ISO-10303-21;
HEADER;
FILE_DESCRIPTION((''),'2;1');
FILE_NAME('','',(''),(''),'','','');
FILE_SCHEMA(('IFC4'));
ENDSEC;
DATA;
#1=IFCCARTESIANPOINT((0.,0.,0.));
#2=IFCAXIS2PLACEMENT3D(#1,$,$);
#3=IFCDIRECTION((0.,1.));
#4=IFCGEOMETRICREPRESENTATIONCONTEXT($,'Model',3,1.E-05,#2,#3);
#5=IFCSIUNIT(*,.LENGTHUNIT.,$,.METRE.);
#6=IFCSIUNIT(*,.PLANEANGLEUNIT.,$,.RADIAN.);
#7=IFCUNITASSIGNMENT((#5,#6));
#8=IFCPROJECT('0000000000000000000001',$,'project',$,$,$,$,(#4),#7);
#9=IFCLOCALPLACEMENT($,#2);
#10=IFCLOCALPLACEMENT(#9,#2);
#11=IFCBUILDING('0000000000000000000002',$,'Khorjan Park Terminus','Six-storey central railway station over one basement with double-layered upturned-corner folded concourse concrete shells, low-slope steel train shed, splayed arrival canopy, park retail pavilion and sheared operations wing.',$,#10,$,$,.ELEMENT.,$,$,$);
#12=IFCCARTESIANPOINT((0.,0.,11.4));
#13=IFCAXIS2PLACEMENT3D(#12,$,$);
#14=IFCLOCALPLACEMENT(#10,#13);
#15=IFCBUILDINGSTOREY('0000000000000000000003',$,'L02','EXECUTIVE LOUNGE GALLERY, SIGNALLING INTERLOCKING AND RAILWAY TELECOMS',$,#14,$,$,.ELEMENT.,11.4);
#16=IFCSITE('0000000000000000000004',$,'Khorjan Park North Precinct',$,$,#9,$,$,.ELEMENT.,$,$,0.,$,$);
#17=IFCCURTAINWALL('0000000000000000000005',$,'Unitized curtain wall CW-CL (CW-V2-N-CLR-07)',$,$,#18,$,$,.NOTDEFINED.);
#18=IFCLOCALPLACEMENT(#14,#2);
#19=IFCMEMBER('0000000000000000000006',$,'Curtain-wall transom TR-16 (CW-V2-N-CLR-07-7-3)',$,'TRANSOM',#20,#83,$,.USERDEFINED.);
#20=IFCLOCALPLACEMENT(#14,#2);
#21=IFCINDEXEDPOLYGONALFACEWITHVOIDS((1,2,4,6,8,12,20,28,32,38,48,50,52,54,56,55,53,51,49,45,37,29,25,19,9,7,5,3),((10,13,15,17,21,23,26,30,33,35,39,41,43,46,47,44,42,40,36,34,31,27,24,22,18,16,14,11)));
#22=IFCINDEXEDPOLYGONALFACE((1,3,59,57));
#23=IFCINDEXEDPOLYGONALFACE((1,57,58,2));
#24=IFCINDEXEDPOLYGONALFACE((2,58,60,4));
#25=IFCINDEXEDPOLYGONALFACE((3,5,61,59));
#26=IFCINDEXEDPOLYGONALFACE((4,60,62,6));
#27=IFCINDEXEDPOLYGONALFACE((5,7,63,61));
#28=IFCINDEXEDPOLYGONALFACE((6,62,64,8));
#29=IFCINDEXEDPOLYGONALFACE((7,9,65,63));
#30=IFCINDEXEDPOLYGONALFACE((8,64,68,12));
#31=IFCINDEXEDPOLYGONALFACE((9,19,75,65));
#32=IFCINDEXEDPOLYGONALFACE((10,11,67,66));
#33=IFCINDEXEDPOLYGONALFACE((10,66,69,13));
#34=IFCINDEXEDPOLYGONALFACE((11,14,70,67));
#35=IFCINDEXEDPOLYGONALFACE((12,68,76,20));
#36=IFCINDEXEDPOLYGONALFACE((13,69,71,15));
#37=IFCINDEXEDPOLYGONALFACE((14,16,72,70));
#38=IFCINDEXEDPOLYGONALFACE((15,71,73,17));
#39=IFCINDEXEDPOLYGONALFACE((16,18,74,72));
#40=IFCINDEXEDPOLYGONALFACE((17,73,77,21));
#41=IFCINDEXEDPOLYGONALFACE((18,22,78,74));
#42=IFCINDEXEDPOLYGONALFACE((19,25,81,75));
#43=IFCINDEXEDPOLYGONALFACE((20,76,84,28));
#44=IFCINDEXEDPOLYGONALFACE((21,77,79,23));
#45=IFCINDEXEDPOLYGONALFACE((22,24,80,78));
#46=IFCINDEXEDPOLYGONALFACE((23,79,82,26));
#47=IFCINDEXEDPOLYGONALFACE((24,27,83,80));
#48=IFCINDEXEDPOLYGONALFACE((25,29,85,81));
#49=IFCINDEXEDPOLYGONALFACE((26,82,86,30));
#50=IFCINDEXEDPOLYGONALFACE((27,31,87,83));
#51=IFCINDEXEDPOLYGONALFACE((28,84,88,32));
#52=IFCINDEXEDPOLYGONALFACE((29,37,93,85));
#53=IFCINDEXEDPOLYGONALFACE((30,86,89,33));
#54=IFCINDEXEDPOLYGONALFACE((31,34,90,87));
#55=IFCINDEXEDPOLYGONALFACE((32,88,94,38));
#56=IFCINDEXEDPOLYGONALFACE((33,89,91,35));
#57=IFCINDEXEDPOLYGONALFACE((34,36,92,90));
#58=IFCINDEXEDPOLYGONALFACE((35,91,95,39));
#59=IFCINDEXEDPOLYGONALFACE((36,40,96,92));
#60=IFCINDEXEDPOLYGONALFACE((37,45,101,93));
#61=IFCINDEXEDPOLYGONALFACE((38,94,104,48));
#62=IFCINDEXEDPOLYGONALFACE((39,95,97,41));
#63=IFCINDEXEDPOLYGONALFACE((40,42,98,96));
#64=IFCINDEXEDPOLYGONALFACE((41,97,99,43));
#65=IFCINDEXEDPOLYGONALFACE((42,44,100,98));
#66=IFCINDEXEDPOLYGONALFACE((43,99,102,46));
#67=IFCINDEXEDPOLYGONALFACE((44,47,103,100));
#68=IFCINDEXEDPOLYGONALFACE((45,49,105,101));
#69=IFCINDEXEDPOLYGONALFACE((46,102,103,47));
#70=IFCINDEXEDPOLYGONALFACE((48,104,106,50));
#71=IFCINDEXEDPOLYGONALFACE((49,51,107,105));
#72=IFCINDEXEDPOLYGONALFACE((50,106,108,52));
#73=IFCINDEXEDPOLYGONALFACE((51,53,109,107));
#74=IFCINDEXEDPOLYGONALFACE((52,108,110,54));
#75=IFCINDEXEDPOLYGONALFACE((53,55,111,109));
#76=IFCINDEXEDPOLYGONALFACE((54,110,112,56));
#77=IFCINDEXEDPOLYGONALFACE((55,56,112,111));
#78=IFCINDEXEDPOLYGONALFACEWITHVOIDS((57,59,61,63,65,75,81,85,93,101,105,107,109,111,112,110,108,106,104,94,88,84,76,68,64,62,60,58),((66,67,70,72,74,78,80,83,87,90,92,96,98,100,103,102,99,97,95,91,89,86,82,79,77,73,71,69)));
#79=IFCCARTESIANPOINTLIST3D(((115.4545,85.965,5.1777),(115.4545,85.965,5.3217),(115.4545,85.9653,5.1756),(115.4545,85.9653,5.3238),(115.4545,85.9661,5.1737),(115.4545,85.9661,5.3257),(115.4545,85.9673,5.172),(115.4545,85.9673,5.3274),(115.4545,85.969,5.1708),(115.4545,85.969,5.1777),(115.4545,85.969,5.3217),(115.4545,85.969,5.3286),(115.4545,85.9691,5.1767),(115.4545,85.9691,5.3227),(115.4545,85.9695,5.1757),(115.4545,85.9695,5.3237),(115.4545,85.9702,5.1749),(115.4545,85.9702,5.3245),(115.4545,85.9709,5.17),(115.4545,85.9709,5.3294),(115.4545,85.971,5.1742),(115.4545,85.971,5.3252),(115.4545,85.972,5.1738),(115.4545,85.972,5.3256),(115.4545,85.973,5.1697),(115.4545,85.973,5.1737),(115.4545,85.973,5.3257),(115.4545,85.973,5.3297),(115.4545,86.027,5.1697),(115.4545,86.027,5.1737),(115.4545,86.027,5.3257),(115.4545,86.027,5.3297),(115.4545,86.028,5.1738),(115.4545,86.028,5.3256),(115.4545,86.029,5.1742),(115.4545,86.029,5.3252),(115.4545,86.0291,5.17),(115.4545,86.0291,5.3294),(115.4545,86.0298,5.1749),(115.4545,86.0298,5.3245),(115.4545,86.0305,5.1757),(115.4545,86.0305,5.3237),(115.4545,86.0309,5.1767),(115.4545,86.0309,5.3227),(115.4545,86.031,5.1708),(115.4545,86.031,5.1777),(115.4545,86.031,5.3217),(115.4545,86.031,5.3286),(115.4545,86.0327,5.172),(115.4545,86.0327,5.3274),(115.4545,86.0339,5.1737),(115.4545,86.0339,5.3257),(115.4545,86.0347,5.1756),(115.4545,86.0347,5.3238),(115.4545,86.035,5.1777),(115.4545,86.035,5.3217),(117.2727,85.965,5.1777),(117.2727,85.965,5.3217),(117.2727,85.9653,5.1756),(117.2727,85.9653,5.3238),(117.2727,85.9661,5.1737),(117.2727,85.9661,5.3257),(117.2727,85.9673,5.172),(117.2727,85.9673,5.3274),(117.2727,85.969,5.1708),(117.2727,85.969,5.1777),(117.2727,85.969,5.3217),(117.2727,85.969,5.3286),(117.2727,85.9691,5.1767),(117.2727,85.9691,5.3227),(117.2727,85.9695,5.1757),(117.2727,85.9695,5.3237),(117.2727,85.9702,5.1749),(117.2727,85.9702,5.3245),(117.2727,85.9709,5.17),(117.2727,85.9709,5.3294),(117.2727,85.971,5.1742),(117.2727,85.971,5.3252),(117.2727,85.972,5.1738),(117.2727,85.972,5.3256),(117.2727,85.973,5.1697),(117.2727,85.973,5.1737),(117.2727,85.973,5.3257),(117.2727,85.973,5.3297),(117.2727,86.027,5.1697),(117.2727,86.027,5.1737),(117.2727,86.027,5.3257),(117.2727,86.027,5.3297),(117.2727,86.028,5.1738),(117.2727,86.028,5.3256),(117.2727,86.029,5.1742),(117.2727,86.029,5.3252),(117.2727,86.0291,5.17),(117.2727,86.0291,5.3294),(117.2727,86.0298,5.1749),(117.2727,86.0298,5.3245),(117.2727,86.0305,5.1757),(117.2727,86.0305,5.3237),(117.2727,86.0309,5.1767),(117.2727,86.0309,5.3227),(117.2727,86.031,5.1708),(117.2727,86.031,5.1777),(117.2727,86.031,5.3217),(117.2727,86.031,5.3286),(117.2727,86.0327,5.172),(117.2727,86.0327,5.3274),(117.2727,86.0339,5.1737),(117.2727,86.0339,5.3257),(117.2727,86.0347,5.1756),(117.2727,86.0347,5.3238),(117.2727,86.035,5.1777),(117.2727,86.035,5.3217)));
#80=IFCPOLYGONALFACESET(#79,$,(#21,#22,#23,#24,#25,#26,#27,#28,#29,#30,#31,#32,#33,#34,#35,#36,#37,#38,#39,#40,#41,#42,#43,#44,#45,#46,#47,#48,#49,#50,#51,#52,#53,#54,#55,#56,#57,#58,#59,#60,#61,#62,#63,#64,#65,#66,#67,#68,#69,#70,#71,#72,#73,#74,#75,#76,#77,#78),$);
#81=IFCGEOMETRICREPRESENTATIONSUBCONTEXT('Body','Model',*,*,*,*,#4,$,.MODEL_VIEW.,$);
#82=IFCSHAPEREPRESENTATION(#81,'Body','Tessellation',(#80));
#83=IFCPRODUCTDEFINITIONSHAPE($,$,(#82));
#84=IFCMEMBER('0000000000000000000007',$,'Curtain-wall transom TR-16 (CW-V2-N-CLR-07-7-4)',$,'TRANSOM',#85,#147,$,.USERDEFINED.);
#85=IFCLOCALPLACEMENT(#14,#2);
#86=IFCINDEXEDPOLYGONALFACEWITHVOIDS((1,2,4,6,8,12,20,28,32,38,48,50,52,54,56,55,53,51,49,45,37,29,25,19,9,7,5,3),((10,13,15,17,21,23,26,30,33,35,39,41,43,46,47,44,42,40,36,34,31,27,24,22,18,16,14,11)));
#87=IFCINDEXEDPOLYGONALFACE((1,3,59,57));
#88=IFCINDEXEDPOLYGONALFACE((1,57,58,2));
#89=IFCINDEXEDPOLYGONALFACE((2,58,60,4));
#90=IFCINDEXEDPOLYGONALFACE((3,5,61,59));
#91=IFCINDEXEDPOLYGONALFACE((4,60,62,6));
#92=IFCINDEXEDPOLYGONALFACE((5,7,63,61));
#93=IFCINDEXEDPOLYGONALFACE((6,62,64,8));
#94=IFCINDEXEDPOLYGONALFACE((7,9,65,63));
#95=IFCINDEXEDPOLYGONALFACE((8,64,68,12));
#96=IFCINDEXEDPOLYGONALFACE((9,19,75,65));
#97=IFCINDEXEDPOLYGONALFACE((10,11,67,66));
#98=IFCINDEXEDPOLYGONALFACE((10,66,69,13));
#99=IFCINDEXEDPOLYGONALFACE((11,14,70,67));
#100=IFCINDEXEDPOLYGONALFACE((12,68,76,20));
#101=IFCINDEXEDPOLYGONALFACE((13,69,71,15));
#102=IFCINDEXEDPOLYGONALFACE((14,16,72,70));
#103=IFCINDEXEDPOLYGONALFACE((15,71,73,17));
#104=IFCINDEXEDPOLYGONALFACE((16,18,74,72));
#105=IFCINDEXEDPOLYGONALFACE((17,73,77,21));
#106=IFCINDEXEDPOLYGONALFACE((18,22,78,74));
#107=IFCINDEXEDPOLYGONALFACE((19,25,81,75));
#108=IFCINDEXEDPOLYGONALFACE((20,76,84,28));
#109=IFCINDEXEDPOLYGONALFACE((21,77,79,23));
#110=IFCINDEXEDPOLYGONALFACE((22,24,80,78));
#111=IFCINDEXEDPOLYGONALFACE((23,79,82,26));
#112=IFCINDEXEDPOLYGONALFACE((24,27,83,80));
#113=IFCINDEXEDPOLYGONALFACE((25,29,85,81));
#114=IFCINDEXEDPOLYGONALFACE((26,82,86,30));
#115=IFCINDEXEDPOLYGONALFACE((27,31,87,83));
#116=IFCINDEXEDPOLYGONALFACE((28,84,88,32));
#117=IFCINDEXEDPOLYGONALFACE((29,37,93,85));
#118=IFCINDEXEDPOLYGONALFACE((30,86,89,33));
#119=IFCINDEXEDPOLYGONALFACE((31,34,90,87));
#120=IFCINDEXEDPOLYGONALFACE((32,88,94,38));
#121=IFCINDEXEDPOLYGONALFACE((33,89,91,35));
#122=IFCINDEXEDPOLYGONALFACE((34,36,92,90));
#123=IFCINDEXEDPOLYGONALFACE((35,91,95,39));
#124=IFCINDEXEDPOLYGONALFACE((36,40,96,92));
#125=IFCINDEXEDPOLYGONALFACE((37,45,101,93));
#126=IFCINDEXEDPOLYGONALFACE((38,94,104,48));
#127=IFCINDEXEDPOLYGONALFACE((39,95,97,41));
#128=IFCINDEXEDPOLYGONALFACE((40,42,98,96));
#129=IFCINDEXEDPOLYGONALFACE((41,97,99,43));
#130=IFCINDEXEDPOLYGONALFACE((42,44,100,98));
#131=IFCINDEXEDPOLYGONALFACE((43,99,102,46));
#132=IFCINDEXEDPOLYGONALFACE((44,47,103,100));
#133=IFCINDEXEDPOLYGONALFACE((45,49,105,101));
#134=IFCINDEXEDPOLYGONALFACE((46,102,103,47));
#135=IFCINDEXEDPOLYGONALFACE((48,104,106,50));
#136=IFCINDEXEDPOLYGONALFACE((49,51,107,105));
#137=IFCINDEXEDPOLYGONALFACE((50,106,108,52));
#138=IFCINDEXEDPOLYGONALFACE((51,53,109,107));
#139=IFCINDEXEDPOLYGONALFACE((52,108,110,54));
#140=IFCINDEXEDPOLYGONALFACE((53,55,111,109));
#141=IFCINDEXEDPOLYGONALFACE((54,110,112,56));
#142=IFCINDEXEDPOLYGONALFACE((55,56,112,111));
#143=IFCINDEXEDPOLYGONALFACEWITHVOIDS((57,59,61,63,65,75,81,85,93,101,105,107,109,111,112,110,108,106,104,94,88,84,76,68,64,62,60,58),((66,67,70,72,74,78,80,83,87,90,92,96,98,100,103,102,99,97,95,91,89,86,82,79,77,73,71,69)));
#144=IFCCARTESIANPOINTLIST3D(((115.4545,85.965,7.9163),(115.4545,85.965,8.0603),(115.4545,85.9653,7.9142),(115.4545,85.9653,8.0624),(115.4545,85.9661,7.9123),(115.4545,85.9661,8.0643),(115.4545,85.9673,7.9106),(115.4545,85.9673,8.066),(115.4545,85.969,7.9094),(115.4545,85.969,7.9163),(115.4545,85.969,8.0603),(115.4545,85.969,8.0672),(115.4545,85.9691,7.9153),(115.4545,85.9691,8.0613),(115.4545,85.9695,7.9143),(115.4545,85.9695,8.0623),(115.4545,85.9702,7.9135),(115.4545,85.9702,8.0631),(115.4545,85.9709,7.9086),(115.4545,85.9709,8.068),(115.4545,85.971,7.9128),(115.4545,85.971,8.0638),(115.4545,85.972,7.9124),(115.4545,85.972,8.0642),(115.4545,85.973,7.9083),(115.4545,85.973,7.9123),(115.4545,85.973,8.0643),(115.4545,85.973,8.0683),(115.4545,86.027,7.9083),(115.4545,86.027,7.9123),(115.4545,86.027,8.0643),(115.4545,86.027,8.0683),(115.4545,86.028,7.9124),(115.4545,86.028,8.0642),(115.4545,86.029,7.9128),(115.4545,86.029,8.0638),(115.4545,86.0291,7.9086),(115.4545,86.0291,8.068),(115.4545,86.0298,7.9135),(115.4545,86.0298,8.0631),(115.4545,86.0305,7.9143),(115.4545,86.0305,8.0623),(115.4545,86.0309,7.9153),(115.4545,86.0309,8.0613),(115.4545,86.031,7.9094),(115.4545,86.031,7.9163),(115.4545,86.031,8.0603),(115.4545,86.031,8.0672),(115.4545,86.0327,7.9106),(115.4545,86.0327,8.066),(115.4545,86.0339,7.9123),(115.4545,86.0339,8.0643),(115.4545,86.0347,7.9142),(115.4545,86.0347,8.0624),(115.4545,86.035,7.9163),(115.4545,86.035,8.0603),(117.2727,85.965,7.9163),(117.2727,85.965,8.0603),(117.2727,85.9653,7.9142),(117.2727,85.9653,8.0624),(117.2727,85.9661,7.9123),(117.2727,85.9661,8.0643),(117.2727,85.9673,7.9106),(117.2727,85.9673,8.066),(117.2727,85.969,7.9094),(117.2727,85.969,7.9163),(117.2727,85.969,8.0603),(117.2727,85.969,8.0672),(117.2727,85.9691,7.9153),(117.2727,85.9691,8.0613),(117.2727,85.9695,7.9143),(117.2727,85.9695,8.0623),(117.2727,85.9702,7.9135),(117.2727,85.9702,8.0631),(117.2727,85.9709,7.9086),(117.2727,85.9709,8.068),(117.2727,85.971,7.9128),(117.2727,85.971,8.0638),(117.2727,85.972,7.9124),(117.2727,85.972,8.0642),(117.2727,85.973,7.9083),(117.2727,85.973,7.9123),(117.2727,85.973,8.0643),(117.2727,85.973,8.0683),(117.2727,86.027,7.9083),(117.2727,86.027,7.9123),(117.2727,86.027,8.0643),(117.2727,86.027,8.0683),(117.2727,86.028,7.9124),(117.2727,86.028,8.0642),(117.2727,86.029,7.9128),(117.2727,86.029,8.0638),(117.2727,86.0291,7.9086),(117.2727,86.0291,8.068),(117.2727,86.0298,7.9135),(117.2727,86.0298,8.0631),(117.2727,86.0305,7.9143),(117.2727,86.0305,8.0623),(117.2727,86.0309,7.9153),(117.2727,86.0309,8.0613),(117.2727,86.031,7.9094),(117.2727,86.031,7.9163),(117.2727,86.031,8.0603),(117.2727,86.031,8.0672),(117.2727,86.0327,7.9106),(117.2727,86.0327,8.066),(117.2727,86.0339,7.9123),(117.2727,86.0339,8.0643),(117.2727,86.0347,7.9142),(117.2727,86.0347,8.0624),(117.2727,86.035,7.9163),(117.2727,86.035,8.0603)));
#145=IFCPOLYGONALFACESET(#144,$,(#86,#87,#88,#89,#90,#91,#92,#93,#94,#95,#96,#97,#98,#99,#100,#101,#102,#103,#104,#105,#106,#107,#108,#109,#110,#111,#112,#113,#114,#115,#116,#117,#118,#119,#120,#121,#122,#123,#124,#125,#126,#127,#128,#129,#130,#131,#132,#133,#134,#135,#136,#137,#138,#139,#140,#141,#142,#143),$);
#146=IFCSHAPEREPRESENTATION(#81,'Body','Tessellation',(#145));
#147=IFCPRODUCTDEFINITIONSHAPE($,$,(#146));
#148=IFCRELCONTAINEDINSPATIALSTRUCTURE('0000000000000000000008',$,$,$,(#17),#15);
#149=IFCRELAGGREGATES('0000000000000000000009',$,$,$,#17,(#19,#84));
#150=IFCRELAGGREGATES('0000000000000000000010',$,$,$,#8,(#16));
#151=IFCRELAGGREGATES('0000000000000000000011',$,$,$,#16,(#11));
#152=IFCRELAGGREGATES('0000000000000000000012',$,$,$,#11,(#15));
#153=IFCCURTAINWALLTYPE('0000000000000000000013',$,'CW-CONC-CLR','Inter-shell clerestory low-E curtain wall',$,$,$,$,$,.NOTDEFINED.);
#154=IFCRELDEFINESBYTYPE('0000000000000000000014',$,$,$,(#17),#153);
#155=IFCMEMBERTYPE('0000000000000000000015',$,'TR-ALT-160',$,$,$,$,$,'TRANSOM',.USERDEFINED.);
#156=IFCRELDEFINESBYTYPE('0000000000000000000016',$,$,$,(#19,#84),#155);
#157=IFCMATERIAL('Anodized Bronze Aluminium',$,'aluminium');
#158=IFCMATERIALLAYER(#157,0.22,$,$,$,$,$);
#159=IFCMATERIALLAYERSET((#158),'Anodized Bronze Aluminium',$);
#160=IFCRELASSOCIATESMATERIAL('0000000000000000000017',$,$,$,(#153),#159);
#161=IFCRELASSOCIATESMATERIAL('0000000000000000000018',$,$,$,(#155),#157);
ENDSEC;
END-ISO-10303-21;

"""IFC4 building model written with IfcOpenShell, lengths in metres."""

from ifc_helpers import new_model, si_unit, direction, frame, origin, origin_2d, place, context, subcontext, project, spatial, hollow_rectangle, extrude, material, layer, layer_set, material_profile, profile_set, type_object, element, aggregate, save


model = new_model("IFC4")

# Units and contexts
model_context = context("Model", 3, precision=1e-05, world=origin(), true_north=direction((0.0, 1.0)))
body_context = subcontext(model_context, "Body", "Model", "MODEL_VIEW")
ifc_project = project(units=[si_unit("LENGTHUNIT", "METRE"), si_unit("PLANEANGLEUNIT", "RADIAN")], contexts=[model_context])

# Site, building, storey
site_placement = place(None, origin())
site = spatial("IfcSite", under=ifc_project, at=site_placement, Name="Khorjan Park North Precinct", CompositionType="ELEMENT", RefElevation=0.0)
building_placement = place(site_placement, origin())
building = spatial("IfcBuilding", under=site, at=building_placement, Name="Khorjan Park Terminus", Description="Six-storey central railway station over one basement with double-layered upturned-corner folded concourse concrete shells, low-slope steel train shed, splayed arrival canopy, park retail pavilion and sheared operations wing.", CompositionType="ELEMENT")
storey_placement = place(building_placement, frame((0.0, 0.0, 11.4)))
storey = spatial("IfcBuildingStorey", under=building, at=storey_placement, Name="L02", Description="EXECUTIVE LOUNGE GALLERY, SIGNALLING INTERLOCKING AND RAILWAY TELECOMS", CompositionType="ELEMENT", Elevation=11.4)

# Curtain wall
ifc_material_1 = material(Name="Anodized Bronze Aluminium", Category="aluminium")
ifc_layer_1 = layer(ifc_material_1, 0.22)
ifc_layer_set_1 = layer_set([ifc_layer_1], Name="Anodized Bronze Aluminium")
curtain_wall_type = type_object("IfcCurtainWallType", Name="CW-CONC-CLR", Description="Inter-shell clerestory low-E curtain wall", PredefinedType="NOTDEFINED", material=ifc_layer_set_1)
curtain_wall_placement = place(storey_placement, origin())
curtain_wall = element("IfcCurtainWall", 1, at=curtain_wall_placement, inside=storey, type_object=curtain_wall_type, Name="Unitized curtain wall CW-CL (CW-V2-N-CLR-07)", PredefinedType="NOTDEFINED")

# Members
ifc_material_profile_1 = material_profile(ifc_material_1, hollow_rectangle(XDim=0.07, YDim=0.16, WallThickness=0.004, InnerFilletRadius=0.004, OuterFilletRadius=0.008, at=origin_2d()), Name="ALT 70x160x4")
ifc_profile_set_1 = profile_set([ifc_material_profile_1], Name="Anodized Bronze Aluminium")
member_type_1 = type_object("IfcMemberType", Name="TR-ALT-160", ElementType="TRANSOM", PredefinedType="USERDEFINED", material=ifc_profile_set_1)
member_1_placement = place(storey_placement, frame((117.2727, 86.0, 5.2497), z_axis=(-1.0, 0.0, 0.0), x_axis=(0.0, -1.0, 0.0)))
member_1 = element("IfcMember", 2, at=member_1_placement, type_object=member_type_1, Name="Curtain-wall transom TR-16 (CW-V2-N-CLR-07-7-3)", ObjectType="TRANSOM", PredefinedType="USERDEFINED", context=body_context, shape_type="SweptSolid", body=[
    extrude(hollow_rectangle(XDim=0.07, YDim=0.16, WallThickness=0.004, InnerFilletRadius=0.004, OuterFilletRadius=0.008, at=origin_2d()), origin(), (0.0, 0.0, 1.0), 1.8182),
])
member_2_placement = place(storey_placement, frame((117.2727, 86.0, 7.9883), z_axis=(-1.0, 0.0, 0.0), x_axis=(0.0, -1.0, 0.0)))
member_2 = element("IfcMember", 3, at=member_2_placement, type_object=member_type_1, Name="Curtain-wall transom TR-16 (CW-V2-N-CLR-07-7-4)", ObjectType="TRANSOM", PredefinedType="USERDEFINED", context=body_context, shape_type="SweptSolid", body=[
    extrude(hollow_rectangle(XDim=0.07, YDim=0.16, WallThickness=0.004, InnerFilletRadius=0.004, OuterFilletRadius=0.008, at=origin_2d()), origin(), (0.0, 0.0, 1.0), 1.8182),
])

aggregate(curtain_wall, [member_1, member_2])

save(model, "model.ifc")
